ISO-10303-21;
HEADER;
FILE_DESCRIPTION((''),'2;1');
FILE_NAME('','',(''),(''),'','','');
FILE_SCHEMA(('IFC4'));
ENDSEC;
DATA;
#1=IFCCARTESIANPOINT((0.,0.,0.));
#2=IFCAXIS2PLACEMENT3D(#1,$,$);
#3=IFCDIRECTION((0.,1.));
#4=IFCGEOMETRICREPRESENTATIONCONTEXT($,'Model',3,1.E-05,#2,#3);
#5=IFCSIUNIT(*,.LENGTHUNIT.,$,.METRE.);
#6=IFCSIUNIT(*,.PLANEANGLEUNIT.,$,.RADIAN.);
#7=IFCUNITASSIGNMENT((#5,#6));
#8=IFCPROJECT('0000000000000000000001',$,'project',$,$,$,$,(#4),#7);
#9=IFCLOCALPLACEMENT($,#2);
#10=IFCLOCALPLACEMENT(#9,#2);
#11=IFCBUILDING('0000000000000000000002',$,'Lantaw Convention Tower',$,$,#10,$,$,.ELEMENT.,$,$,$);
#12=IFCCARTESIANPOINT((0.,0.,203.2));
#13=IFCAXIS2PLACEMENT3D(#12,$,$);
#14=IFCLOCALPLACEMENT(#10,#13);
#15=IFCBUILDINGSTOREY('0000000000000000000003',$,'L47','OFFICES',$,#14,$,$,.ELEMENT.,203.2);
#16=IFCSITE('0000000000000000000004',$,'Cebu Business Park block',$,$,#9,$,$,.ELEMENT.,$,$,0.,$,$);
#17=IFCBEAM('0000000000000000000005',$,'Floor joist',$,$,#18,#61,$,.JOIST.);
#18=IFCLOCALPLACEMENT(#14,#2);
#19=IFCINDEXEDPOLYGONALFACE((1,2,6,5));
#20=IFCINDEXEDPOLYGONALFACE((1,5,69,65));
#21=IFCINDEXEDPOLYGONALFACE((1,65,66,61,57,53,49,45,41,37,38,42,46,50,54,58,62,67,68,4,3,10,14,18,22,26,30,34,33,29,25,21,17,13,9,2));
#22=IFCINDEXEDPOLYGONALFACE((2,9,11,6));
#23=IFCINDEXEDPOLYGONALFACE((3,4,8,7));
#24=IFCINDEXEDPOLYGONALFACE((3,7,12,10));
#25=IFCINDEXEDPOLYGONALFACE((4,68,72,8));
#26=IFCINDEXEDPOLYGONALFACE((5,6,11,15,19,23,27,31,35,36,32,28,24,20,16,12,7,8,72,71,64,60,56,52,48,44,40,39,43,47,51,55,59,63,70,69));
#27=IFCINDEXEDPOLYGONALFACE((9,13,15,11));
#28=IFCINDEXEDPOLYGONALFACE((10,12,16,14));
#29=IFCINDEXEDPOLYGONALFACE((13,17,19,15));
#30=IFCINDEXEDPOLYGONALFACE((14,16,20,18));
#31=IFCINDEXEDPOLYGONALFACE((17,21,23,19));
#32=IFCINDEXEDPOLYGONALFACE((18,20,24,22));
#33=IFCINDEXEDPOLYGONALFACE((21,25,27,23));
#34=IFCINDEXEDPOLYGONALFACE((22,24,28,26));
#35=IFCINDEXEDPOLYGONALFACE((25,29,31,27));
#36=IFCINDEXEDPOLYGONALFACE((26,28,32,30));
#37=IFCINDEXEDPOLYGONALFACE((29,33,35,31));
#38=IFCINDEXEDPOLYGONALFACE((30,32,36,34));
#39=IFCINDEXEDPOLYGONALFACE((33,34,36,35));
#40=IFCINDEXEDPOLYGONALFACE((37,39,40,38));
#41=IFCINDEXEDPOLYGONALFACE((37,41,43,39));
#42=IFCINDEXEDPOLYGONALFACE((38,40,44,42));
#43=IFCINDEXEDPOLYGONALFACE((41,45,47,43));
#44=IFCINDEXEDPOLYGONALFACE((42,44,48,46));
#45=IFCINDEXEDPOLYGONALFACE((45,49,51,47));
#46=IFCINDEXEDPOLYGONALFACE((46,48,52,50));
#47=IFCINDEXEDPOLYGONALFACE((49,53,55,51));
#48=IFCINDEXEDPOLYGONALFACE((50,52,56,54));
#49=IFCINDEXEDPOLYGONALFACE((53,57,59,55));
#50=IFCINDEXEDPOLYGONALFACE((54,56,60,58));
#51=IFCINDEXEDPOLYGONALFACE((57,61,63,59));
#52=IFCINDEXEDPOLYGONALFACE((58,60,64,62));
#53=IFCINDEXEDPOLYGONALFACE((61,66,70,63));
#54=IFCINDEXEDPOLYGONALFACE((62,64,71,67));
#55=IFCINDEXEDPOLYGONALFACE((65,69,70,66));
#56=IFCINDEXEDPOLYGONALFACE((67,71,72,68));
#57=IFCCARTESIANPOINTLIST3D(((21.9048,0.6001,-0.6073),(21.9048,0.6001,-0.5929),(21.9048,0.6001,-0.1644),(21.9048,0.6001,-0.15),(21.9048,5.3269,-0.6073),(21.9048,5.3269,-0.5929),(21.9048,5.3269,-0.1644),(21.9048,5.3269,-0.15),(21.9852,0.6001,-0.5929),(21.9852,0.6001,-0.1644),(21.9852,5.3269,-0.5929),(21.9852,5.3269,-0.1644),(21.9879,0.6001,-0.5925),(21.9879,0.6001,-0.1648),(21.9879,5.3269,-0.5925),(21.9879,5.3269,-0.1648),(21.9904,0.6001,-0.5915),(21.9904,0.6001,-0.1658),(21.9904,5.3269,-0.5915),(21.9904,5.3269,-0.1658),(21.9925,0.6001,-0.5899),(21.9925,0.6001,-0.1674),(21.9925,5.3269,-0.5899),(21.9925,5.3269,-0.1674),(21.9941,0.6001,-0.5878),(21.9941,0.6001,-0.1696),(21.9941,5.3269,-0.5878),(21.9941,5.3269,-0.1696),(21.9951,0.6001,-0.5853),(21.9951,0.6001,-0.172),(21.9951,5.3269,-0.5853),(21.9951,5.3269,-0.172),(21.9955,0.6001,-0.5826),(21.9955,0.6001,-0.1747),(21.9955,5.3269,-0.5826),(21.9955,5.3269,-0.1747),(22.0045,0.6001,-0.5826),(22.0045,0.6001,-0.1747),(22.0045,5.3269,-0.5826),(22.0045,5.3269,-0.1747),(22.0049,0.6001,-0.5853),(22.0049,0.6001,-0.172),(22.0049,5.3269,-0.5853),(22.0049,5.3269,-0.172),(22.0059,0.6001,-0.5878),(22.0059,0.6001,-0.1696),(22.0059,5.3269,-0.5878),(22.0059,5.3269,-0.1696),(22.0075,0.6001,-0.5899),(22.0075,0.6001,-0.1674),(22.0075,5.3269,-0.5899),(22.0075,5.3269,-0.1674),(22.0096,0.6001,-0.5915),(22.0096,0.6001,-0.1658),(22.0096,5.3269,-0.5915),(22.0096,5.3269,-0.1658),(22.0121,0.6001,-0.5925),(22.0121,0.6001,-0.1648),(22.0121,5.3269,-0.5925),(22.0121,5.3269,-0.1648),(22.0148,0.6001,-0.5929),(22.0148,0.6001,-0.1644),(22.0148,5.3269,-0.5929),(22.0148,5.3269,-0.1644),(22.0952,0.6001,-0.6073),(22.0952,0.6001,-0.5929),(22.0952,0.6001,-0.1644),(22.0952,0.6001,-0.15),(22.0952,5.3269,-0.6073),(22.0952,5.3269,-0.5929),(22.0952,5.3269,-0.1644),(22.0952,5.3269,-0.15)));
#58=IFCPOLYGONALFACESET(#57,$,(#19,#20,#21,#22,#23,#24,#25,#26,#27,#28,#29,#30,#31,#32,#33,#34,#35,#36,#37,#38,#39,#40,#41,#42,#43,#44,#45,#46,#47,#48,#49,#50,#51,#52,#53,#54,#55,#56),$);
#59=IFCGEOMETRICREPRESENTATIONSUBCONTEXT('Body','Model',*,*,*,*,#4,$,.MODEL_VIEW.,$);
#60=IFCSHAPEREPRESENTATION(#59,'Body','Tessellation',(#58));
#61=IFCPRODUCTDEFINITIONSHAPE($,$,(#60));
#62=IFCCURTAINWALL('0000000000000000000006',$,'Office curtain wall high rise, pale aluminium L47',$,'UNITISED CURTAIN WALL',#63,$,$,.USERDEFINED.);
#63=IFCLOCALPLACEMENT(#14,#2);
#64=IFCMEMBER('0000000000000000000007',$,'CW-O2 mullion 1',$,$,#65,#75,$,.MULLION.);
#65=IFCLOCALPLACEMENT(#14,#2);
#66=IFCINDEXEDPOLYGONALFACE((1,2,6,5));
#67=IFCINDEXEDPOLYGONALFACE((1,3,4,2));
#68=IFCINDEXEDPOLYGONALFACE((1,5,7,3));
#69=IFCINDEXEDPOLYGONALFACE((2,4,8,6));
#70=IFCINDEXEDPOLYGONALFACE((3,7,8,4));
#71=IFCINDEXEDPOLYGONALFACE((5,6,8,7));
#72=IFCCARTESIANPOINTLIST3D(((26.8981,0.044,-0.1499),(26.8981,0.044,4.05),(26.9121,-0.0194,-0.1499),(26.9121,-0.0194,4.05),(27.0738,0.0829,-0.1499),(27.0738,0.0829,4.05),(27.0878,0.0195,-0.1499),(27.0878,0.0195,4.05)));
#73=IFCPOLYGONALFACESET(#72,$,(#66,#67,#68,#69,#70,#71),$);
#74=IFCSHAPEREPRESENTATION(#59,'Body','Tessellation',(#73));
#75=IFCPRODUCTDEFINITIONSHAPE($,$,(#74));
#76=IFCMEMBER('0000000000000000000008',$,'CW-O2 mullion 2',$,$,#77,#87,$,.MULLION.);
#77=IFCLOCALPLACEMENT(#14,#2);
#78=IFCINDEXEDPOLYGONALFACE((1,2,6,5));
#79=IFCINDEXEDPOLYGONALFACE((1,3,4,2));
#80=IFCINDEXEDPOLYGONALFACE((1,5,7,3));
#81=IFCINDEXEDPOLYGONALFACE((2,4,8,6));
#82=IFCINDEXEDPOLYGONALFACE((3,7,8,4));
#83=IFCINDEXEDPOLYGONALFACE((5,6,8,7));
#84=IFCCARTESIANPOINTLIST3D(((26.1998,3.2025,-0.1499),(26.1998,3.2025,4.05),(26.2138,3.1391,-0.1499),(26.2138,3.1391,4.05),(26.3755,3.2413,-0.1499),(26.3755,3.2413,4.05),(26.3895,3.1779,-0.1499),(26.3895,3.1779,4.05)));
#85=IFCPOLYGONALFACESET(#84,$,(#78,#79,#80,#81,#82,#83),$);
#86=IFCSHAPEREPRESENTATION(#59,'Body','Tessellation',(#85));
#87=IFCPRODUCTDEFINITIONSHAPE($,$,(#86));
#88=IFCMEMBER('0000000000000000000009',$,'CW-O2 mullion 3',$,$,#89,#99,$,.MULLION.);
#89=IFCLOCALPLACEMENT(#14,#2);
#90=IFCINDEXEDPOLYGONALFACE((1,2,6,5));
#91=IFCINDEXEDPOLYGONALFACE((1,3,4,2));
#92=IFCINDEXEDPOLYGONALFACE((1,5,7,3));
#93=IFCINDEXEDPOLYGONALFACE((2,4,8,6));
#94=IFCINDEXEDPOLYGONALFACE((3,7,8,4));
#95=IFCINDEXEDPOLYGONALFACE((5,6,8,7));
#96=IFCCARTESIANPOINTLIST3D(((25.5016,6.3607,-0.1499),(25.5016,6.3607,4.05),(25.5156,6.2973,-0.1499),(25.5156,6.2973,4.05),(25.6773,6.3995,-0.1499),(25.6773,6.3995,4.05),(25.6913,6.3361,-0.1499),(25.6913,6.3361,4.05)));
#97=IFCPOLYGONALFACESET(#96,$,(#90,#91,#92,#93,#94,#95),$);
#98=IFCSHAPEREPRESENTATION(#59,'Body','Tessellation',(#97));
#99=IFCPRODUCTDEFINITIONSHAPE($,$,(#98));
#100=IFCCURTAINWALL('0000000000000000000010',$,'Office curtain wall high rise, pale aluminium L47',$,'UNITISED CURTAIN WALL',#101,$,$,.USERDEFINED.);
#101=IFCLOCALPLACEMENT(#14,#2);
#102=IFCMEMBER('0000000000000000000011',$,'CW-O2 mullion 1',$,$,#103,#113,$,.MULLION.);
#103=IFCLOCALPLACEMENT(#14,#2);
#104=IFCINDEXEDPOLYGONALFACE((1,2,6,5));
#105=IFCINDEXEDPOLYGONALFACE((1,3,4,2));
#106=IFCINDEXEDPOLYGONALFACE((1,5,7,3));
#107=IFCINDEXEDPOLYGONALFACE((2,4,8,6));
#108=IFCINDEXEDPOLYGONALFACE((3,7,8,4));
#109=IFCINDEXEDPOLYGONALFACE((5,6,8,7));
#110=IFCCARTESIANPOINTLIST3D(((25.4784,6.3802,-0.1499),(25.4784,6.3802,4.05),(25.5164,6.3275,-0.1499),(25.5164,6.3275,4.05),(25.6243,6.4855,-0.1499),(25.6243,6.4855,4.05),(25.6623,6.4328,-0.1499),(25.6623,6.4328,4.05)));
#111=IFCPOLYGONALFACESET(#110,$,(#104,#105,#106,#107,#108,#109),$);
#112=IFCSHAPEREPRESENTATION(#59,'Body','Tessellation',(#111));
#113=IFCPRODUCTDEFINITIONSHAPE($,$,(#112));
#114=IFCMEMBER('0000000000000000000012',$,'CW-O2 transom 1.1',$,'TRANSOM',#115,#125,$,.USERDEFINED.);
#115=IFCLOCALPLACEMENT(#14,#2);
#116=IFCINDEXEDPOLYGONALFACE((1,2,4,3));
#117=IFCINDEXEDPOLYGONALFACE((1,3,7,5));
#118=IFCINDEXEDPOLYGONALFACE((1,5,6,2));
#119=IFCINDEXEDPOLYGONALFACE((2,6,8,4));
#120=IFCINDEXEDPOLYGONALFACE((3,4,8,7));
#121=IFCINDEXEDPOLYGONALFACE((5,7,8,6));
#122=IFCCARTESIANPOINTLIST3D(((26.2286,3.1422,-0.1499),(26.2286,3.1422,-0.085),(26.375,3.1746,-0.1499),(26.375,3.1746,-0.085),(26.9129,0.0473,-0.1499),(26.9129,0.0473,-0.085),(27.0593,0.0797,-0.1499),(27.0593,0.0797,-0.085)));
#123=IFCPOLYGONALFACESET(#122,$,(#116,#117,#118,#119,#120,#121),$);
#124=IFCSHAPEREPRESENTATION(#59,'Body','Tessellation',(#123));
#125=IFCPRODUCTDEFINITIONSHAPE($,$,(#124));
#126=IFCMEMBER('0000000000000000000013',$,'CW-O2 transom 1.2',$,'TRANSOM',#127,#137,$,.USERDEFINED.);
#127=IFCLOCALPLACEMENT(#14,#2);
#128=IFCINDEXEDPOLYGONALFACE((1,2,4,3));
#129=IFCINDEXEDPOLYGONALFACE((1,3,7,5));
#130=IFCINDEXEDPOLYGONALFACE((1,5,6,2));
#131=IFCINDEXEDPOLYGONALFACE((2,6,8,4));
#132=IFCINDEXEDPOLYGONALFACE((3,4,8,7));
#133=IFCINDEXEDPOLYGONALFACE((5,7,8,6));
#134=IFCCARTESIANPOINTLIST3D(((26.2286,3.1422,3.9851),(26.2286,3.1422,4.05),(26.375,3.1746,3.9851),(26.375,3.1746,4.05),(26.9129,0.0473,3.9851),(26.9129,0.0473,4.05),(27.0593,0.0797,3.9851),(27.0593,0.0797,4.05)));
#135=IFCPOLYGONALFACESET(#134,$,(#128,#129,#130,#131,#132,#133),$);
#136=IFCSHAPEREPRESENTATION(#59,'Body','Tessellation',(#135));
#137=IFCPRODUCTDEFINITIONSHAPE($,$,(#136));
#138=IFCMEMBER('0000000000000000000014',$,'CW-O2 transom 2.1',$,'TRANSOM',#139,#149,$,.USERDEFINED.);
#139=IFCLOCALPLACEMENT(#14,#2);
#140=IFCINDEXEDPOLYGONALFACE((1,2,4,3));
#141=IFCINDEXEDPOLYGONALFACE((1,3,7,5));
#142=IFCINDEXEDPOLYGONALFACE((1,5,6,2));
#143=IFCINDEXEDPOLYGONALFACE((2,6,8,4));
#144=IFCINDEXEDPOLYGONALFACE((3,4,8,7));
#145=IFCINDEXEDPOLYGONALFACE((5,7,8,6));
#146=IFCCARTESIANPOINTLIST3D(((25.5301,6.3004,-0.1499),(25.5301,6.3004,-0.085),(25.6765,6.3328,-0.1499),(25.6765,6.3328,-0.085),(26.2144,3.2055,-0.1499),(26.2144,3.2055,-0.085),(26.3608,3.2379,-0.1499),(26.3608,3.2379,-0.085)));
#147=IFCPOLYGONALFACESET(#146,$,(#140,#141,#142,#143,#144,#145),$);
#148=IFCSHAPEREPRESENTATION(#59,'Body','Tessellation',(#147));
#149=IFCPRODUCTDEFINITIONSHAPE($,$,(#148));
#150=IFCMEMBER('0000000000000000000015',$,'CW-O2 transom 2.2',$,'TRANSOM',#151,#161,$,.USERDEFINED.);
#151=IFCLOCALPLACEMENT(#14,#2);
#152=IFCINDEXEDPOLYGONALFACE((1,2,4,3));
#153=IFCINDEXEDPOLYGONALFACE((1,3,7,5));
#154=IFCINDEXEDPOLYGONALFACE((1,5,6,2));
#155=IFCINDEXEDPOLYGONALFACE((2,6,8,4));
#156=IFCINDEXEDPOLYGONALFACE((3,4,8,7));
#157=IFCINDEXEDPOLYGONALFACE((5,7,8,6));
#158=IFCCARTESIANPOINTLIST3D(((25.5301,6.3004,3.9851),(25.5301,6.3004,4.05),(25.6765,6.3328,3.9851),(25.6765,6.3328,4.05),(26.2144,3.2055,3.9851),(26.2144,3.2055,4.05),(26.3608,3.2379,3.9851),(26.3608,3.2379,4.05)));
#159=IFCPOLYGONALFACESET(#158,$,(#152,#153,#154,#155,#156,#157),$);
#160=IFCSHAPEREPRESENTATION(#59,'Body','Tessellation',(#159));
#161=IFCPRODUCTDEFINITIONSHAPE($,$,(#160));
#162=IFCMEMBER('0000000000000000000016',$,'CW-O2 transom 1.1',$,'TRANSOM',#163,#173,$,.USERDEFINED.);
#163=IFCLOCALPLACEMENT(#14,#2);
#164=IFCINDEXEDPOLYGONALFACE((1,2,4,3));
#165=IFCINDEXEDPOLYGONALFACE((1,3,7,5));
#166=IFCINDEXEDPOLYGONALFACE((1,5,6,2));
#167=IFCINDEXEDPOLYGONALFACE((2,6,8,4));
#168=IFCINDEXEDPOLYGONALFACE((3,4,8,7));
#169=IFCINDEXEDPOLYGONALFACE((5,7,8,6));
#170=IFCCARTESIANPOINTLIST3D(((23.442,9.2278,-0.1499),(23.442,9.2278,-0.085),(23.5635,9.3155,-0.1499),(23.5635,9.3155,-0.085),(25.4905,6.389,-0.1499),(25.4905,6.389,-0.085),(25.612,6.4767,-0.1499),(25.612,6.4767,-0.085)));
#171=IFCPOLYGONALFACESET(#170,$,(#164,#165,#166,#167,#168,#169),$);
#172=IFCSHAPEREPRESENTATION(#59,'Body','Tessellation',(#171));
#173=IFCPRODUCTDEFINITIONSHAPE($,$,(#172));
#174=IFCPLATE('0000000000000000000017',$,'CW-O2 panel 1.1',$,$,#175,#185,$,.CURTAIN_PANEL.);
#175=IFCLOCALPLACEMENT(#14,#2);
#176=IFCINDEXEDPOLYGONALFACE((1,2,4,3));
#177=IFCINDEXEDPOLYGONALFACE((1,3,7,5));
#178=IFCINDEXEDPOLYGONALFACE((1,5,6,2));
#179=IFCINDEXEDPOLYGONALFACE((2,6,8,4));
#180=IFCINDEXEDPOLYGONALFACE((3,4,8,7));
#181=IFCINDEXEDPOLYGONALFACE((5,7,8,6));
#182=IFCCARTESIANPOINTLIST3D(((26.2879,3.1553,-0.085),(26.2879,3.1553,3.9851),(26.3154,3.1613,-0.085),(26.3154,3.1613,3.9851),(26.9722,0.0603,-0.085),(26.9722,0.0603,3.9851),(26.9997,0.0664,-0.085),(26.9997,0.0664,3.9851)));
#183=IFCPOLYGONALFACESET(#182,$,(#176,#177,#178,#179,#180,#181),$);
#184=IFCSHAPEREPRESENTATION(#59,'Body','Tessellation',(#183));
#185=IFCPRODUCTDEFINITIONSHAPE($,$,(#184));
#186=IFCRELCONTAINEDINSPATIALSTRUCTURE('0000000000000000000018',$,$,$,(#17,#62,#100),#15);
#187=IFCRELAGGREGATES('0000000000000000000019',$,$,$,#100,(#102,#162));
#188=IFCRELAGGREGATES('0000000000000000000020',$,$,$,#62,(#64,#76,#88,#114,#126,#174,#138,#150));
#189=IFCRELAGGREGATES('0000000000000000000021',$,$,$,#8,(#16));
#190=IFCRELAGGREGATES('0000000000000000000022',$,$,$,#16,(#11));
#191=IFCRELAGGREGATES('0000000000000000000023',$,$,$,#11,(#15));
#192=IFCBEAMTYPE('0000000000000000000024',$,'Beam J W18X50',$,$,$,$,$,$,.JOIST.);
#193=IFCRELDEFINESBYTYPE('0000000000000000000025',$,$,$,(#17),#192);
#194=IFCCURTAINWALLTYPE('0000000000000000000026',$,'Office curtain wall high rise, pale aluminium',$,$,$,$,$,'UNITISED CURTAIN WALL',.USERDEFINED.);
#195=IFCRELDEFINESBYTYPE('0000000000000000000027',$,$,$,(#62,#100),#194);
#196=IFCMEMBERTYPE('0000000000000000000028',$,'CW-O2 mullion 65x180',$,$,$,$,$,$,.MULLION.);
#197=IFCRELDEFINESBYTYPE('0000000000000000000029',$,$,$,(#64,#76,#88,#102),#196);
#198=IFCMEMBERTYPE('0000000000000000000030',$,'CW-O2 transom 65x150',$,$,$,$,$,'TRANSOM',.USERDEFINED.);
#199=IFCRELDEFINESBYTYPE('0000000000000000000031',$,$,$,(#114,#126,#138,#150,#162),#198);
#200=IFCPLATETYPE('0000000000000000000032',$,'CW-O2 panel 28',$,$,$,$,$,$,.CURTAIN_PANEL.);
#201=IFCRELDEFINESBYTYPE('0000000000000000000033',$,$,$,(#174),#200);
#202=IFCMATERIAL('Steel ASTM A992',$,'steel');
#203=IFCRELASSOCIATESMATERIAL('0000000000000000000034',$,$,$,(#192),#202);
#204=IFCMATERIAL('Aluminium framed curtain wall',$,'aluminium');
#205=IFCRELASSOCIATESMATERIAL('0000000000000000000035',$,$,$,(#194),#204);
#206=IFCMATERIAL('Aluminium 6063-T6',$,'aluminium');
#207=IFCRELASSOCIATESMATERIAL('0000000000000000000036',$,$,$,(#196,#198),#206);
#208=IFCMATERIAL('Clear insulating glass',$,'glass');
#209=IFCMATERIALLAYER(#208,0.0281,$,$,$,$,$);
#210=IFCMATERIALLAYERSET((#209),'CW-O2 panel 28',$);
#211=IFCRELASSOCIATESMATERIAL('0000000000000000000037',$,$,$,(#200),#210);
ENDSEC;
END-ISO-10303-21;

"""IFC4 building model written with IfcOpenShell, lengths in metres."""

from ifc_helpers import new_model, si_unit, direction, frame, origin, origin_2d, place, context, subcontext, project, spatial, rectangle, i_section, extrude, material, layer, layer_set, material_profile, profile_set, type_object, element, aggregate, save


model = new_model("IFC4")

# Units and contexts
model_context = context("Model", 3, precision=1e-05, world=origin(), true_north=direction((0.0, 1.0)))
body_context = subcontext(model_context, "Body", "Model", "MODEL_VIEW")
ifc_project = project(units=[si_unit("LENGTHUNIT", "METRE"), si_unit("PLANEANGLEUNIT", "RADIAN")], contexts=[model_context])

# Site, building, storey
site_placement = place(None, origin())
site = spatial("IfcSite", under=ifc_project, at=site_placement, Name="Cebu Business Park block", CompositionType="ELEMENT", RefElevation=0.0)
building_placement = place(site_placement, origin())
building = spatial("IfcBuilding", under=site, at=building_placement, Name="Lantaw Convention Tower", CompositionType="ELEMENT")
storey_placement = place(building_placement, frame((0.0, 0.0, 203.2)))
storey = spatial("IfcBuildingStorey", under=building, at=storey_placement, Name="L47", Description="OFFICES", CompositionType="ELEMENT", Elevation=203.2)

# Beam
ifc_material_1 = material(Name="Steel ASTM A992", Category="steel")
ifc_material_profile_1 = material_profile(ifc_material_1, i_section(OverallWidth=0.1904, OverallDepth=0.4573, WebThickness=0.009, FlangeThickness=0.0144, FilletRadius=0.0103, at=origin_2d()), Name="W18X50")
ifc_profile_set_1 = profile_set([ifc_material_profile_1], Name="Steel ASTM A992")
beam_type_1 = type_object("IfcBeamType", Name="Beam J W18X50", PredefinedType="JOIST", material=ifc_profile_set_1)
beam_1_placement = place(storey_placement, frame((22.0, 0.6001, -0.3787), z_axis=(0.0, 1.0, 0.0), x_axis=(-1.0, 0.0, 0.0)))
element("IfcBeam", 1, at=beam_1_placement, inside=storey, type_object=beam_type_1, Name="Floor joist", PredefinedType="JOIST", context=body_context, shape_type="SweptSolid", body=[
    extrude(i_section(OverallWidth=0.1904, OverallDepth=0.4573, WebThickness=0.009, FlangeThickness=0.0144, FilletRadius=0.0103, at=origin_2d()), origin(), (0.0, 0.0, 1.0), 4.7268),
])

# Curtain wall, members
ifc_material_2 = material(Name="Aluminium framed curtain wall", Category="aluminium")
curtain_wall_type = type_object("IfcCurtainWallType", Name="Office curtain wall high rise, pale aluminium", ElementType="UNITISED CURTAIN WALL", PredefinedType="USERDEFINED", material=ifc_material_2)
curtain_wall_1_placement = place(storey_placement, origin())
curtain_wall_1 = element("IfcCurtainWall", 2, at=curtain_wall_1_placement, inside=storey, type_object=curtain_wall_type, Name="Office curtain wall high rise, pale aluminium L47", ObjectType="UNITISED CURTAIN WALL", PredefinedType="USERDEFINED")
ifc_material_3 = material(Name="Aluminium 6063-T6", Category="aluminium")
ifc_material_profile_2 = material_profile(ifc_material_3, rectangle(XDim=0.1799, YDim=0.0649, at=origin_2d()), Name="CW-O2 mullion 65x180")
ifc_profile_set_2 = profile_set([ifc_material_profile_2], Name="Aluminium 6063-T6")
member_type_1 = type_object("IfcMemberType", Name="CW-O2 mullion 65x180", PredefinedType="MULLION", material=ifc_profile_set_2)
member_1_placement = place(storey_placement, frame((26.9929, 0.0317, -0.1499), z_axis=(0.0, 0.0, 1.0), x_axis=(-0.976417, -0.215891, 0.0)))
member_1 = element("IfcMember", 3, at=member_1_placement, type_object=member_type_1, Name="CW-O2 mullion 1", PredefinedType="MULLION", context=body_context, shape_type="SweptSolid", body=[
    extrude(rectangle(XDim=0.1799, YDim=0.0649, at=origin_2d()), origin(), (0.0, 0.0, 1.0), 4.2),
])
member_2_placement = place(storey_placement, frame((26.2947, 3.1902, -0.1499), z_axis=(0.0, 0.0, 1.0), x_axis=(-0.976417, -0.215891, 0.0)))
member_2 = element("IfcMember", 4, at=member_2_placement, type_object=member_type_1, Name="CW-O2 mullion 2", PredefinedType="MULLION", context=body_context, shape_type="SweptSolid", body=[
    extrude(rectangle(XDim=0.1799, YDim=0.0649, at=origin_2d()), origin(), (0.0, 0.0, 1.0), 4.2),
])
member_3_placement = place(storey_placement, frame((25.5964, 6.3484, -0.1499), z_axis=(0.0, 0.0, 1.0), x_axis=(-0.976417, -0.215891, 0.0)))
member_3 = element("IfcMember", 5, at=member_3_placement, type_object=member_type_1, Name="CW-O2 mullion 3", PredefinedType="MULLION", context=body_context, shape_type="SweptSolid", body=[
    extrude(rectangle(XDim=0.1799, YDim=0.0649, at=origin_2d()), origin(), (0.0, 0.0, 1.0), 4.2),
])

# Curtain wall, member
curtain_wall_2_placement = place(storey_placement, origin())
curtain_wall_2 = element("IfcCurtainWall", 6, at=curtain_wall_2_placement, inside=storey, type_object=curtain_wall_type, Name="Office curtain wall high rise, pale aluminium L47", ObjectType="UNITISED CURTAIN WALL", PredefinedType="USERDEFINED")
member_4_placement = place(storey_placement, frame((25.5703, 6.4065, -0.1499), z_axis=(0.0, 0.0, 1.0), x_axis=(-0.81092, -0.585158, 0.0)))
member_4 = element("IfcMember", 7, at=member_4_placement, type_object=member_type_1, Name="CW-O2 mullion 1", PredefinedType="MULLION", context=body_context, shape_type="SweptSolid", body=[
    extrude(rectangle(XDim=0.1799, YDim=0.0649, at=origin_2d()), origin(), (0.0, 0.0, 1.0), 4.2),
])

# Members
ifc_material_profile_3 = material_profile(ifc_material_3, rectangle(XDim=0.1499, YDim=0.0649, at=origin_2d()), Name="CW-O2 transom 65x150")
ifc_profile_set_3 = profile_set([ifc_material_profile_3], Name="Aluminium 6063-T6")
member_type_2 = type_object("IfcMemberType", Name="CW-O2 transom 65x150", ElementType="TRANSOM", PredefinedType="USERDEFINED", material=ifc_profile_set_3)
member_5_placement = place(storey_placement, frame((26.9861, 0.0635, -0.1174), z_axis=(-0.215895, 0.976417, 0.0), x_axis=(-0.976417, -0.215895, 0.0)))
member_5 = element("IfcMember", 8, at=member_5_placement, type_object=member_type_2, Name="CW-O2 transom 1.1", ObjectType="TRANSOM", PredefinedType="USERDEFINED", context=body_context, shape_type="SweptSolid", body=[
    extrude(rectangle(XDim=0.1499, YDim=0.0649, at=origin_2d()), origin(), (0.0, 0.0, 1.0), 3.1697),
])
member_6_placement = place(storey_placement, frame((26.9861, 0.0635, 4.0176), z_axis=(-0.215895, 0.976417, 0.0), x_axis=(-0.976417, -0.215895, 0.0)))
member_6 = element("IfcMember", 9, at=member_6_placement, type_object=member_type_2, Name="CW-O2 transom 1.2", ObjectType="TRANSOM", PredefinedType="USERDEFINED", context=body_context, shape_type="SweptSolid", body=[
    extrude(rectangle(XDim=0.1499, YDim=0.0649, at=origin_2d()), origin(), (0.0, 0.0, 1.0), 3.1697),
])
member_7_placement = place(storey_placement, frame((26.2876, 3.2217, -0.1174), z_axis=(-0.215895, 0.976417, 0.0), x_axis=(-0.976417, -0.215895, 0.0)))
member_7 = element("IfcMember", 10, at=member_7_placement, type_object=member_type_2, Name="CW-O2 transom 2.1", ObjectType="TRANSOM", PredefinedType="USERDEFINED", context=body_context, shape_type="SweptSolid", body=[
    extrude(rectangle(XDim=0.1499, YDim=0.0649, at=origin_2d()), origin(), (0.0, 0.0, 1.0), 3.1697),
])
member_8_placement = place(storey_placement, frame((26.2876, 3.2217, 4.0176), z_axis=(-0.215895, 0.976417, 0.0), x_axis=(-0.976417, -0.215895, 0.0)))
member_8 = element("IfcMember", 11, at=member_8_placement, type_object=member_type_2, Name="CW-O2 transom 2.2", ObjectType="TRANSOM", PredefinedType="USERDEFINED", context=body_context, shape_type="SweptSolid", body=[
    extrude(rectangle(XDim=0.1499, YDim=0.0649, at=origin_2d()), origin(), (0.0, 0.0, 1.0), 3.1697),
])
member_9_placement = place(storey_placement, frame((25.5513, 6.4329, -0.1174), z_axis=(-0.58517, 0.810911, 0.0), x_axis=(-0.810911, -0.58517, 0.0)))
member_9 = element("IfcMember", 12, at=member_9_placement, type_object=member_type_2, Name="CW-O2 transom 1.1", ObjectType="TRANSOM", PredefinedType="USERDEFINED", context=body_context, shape_type="SweptSolid", body=[
    extrude(rectangle(XDim=0.1499, YDim=0.0649, at=origin_2d()), origin(), (0.0, 0.0, 1.0), 3.5007),
])
aggregate(curtain_wall_2, [member_4, member_9])

# Plate
ifc_material_4 = material(Name="Clear insulating glass", Category="glass")
ifc_layer_1 = layer(ifc_material_4, 0.0281)
ifc_layer_set_1 = layer_set([ifc_layer_1], Name="CW-O2 panel 28")
plate_type_1 = type_object("IfcPlateType", Name="CW-O2 panel 28", PredefinedType="CURTAIN_PANEL", material=ifc_layer_set_1)
plate_1_placement = place(storey_placement, frame((26.6438, 1.6108, -0.085), z_axis=(0.0, 0.0, 1.0), x_axis=(-0.215891, 0.976417, 0.0)))
plate_1 = element("IfcPlate", 13, at=plate_1_placement, type_object=plate_type_1, Name="CW-O2 panel 1.1", PredefinedType="CURTAIN_PANEL", context=body_context, shape_type="SweptSolid", body=[
    extrude(rectangle(XDim=3.1697, YDim=0.0281, at=origin_2d()), origin(), (0.0, 0.0, 1.0), 4.0701),
])
aggregate(curtain_wall_1, [member_1, member_2, member_3, member_5, member_6, plate_1, member_7, member_8])

save(model, "model.ifc")
